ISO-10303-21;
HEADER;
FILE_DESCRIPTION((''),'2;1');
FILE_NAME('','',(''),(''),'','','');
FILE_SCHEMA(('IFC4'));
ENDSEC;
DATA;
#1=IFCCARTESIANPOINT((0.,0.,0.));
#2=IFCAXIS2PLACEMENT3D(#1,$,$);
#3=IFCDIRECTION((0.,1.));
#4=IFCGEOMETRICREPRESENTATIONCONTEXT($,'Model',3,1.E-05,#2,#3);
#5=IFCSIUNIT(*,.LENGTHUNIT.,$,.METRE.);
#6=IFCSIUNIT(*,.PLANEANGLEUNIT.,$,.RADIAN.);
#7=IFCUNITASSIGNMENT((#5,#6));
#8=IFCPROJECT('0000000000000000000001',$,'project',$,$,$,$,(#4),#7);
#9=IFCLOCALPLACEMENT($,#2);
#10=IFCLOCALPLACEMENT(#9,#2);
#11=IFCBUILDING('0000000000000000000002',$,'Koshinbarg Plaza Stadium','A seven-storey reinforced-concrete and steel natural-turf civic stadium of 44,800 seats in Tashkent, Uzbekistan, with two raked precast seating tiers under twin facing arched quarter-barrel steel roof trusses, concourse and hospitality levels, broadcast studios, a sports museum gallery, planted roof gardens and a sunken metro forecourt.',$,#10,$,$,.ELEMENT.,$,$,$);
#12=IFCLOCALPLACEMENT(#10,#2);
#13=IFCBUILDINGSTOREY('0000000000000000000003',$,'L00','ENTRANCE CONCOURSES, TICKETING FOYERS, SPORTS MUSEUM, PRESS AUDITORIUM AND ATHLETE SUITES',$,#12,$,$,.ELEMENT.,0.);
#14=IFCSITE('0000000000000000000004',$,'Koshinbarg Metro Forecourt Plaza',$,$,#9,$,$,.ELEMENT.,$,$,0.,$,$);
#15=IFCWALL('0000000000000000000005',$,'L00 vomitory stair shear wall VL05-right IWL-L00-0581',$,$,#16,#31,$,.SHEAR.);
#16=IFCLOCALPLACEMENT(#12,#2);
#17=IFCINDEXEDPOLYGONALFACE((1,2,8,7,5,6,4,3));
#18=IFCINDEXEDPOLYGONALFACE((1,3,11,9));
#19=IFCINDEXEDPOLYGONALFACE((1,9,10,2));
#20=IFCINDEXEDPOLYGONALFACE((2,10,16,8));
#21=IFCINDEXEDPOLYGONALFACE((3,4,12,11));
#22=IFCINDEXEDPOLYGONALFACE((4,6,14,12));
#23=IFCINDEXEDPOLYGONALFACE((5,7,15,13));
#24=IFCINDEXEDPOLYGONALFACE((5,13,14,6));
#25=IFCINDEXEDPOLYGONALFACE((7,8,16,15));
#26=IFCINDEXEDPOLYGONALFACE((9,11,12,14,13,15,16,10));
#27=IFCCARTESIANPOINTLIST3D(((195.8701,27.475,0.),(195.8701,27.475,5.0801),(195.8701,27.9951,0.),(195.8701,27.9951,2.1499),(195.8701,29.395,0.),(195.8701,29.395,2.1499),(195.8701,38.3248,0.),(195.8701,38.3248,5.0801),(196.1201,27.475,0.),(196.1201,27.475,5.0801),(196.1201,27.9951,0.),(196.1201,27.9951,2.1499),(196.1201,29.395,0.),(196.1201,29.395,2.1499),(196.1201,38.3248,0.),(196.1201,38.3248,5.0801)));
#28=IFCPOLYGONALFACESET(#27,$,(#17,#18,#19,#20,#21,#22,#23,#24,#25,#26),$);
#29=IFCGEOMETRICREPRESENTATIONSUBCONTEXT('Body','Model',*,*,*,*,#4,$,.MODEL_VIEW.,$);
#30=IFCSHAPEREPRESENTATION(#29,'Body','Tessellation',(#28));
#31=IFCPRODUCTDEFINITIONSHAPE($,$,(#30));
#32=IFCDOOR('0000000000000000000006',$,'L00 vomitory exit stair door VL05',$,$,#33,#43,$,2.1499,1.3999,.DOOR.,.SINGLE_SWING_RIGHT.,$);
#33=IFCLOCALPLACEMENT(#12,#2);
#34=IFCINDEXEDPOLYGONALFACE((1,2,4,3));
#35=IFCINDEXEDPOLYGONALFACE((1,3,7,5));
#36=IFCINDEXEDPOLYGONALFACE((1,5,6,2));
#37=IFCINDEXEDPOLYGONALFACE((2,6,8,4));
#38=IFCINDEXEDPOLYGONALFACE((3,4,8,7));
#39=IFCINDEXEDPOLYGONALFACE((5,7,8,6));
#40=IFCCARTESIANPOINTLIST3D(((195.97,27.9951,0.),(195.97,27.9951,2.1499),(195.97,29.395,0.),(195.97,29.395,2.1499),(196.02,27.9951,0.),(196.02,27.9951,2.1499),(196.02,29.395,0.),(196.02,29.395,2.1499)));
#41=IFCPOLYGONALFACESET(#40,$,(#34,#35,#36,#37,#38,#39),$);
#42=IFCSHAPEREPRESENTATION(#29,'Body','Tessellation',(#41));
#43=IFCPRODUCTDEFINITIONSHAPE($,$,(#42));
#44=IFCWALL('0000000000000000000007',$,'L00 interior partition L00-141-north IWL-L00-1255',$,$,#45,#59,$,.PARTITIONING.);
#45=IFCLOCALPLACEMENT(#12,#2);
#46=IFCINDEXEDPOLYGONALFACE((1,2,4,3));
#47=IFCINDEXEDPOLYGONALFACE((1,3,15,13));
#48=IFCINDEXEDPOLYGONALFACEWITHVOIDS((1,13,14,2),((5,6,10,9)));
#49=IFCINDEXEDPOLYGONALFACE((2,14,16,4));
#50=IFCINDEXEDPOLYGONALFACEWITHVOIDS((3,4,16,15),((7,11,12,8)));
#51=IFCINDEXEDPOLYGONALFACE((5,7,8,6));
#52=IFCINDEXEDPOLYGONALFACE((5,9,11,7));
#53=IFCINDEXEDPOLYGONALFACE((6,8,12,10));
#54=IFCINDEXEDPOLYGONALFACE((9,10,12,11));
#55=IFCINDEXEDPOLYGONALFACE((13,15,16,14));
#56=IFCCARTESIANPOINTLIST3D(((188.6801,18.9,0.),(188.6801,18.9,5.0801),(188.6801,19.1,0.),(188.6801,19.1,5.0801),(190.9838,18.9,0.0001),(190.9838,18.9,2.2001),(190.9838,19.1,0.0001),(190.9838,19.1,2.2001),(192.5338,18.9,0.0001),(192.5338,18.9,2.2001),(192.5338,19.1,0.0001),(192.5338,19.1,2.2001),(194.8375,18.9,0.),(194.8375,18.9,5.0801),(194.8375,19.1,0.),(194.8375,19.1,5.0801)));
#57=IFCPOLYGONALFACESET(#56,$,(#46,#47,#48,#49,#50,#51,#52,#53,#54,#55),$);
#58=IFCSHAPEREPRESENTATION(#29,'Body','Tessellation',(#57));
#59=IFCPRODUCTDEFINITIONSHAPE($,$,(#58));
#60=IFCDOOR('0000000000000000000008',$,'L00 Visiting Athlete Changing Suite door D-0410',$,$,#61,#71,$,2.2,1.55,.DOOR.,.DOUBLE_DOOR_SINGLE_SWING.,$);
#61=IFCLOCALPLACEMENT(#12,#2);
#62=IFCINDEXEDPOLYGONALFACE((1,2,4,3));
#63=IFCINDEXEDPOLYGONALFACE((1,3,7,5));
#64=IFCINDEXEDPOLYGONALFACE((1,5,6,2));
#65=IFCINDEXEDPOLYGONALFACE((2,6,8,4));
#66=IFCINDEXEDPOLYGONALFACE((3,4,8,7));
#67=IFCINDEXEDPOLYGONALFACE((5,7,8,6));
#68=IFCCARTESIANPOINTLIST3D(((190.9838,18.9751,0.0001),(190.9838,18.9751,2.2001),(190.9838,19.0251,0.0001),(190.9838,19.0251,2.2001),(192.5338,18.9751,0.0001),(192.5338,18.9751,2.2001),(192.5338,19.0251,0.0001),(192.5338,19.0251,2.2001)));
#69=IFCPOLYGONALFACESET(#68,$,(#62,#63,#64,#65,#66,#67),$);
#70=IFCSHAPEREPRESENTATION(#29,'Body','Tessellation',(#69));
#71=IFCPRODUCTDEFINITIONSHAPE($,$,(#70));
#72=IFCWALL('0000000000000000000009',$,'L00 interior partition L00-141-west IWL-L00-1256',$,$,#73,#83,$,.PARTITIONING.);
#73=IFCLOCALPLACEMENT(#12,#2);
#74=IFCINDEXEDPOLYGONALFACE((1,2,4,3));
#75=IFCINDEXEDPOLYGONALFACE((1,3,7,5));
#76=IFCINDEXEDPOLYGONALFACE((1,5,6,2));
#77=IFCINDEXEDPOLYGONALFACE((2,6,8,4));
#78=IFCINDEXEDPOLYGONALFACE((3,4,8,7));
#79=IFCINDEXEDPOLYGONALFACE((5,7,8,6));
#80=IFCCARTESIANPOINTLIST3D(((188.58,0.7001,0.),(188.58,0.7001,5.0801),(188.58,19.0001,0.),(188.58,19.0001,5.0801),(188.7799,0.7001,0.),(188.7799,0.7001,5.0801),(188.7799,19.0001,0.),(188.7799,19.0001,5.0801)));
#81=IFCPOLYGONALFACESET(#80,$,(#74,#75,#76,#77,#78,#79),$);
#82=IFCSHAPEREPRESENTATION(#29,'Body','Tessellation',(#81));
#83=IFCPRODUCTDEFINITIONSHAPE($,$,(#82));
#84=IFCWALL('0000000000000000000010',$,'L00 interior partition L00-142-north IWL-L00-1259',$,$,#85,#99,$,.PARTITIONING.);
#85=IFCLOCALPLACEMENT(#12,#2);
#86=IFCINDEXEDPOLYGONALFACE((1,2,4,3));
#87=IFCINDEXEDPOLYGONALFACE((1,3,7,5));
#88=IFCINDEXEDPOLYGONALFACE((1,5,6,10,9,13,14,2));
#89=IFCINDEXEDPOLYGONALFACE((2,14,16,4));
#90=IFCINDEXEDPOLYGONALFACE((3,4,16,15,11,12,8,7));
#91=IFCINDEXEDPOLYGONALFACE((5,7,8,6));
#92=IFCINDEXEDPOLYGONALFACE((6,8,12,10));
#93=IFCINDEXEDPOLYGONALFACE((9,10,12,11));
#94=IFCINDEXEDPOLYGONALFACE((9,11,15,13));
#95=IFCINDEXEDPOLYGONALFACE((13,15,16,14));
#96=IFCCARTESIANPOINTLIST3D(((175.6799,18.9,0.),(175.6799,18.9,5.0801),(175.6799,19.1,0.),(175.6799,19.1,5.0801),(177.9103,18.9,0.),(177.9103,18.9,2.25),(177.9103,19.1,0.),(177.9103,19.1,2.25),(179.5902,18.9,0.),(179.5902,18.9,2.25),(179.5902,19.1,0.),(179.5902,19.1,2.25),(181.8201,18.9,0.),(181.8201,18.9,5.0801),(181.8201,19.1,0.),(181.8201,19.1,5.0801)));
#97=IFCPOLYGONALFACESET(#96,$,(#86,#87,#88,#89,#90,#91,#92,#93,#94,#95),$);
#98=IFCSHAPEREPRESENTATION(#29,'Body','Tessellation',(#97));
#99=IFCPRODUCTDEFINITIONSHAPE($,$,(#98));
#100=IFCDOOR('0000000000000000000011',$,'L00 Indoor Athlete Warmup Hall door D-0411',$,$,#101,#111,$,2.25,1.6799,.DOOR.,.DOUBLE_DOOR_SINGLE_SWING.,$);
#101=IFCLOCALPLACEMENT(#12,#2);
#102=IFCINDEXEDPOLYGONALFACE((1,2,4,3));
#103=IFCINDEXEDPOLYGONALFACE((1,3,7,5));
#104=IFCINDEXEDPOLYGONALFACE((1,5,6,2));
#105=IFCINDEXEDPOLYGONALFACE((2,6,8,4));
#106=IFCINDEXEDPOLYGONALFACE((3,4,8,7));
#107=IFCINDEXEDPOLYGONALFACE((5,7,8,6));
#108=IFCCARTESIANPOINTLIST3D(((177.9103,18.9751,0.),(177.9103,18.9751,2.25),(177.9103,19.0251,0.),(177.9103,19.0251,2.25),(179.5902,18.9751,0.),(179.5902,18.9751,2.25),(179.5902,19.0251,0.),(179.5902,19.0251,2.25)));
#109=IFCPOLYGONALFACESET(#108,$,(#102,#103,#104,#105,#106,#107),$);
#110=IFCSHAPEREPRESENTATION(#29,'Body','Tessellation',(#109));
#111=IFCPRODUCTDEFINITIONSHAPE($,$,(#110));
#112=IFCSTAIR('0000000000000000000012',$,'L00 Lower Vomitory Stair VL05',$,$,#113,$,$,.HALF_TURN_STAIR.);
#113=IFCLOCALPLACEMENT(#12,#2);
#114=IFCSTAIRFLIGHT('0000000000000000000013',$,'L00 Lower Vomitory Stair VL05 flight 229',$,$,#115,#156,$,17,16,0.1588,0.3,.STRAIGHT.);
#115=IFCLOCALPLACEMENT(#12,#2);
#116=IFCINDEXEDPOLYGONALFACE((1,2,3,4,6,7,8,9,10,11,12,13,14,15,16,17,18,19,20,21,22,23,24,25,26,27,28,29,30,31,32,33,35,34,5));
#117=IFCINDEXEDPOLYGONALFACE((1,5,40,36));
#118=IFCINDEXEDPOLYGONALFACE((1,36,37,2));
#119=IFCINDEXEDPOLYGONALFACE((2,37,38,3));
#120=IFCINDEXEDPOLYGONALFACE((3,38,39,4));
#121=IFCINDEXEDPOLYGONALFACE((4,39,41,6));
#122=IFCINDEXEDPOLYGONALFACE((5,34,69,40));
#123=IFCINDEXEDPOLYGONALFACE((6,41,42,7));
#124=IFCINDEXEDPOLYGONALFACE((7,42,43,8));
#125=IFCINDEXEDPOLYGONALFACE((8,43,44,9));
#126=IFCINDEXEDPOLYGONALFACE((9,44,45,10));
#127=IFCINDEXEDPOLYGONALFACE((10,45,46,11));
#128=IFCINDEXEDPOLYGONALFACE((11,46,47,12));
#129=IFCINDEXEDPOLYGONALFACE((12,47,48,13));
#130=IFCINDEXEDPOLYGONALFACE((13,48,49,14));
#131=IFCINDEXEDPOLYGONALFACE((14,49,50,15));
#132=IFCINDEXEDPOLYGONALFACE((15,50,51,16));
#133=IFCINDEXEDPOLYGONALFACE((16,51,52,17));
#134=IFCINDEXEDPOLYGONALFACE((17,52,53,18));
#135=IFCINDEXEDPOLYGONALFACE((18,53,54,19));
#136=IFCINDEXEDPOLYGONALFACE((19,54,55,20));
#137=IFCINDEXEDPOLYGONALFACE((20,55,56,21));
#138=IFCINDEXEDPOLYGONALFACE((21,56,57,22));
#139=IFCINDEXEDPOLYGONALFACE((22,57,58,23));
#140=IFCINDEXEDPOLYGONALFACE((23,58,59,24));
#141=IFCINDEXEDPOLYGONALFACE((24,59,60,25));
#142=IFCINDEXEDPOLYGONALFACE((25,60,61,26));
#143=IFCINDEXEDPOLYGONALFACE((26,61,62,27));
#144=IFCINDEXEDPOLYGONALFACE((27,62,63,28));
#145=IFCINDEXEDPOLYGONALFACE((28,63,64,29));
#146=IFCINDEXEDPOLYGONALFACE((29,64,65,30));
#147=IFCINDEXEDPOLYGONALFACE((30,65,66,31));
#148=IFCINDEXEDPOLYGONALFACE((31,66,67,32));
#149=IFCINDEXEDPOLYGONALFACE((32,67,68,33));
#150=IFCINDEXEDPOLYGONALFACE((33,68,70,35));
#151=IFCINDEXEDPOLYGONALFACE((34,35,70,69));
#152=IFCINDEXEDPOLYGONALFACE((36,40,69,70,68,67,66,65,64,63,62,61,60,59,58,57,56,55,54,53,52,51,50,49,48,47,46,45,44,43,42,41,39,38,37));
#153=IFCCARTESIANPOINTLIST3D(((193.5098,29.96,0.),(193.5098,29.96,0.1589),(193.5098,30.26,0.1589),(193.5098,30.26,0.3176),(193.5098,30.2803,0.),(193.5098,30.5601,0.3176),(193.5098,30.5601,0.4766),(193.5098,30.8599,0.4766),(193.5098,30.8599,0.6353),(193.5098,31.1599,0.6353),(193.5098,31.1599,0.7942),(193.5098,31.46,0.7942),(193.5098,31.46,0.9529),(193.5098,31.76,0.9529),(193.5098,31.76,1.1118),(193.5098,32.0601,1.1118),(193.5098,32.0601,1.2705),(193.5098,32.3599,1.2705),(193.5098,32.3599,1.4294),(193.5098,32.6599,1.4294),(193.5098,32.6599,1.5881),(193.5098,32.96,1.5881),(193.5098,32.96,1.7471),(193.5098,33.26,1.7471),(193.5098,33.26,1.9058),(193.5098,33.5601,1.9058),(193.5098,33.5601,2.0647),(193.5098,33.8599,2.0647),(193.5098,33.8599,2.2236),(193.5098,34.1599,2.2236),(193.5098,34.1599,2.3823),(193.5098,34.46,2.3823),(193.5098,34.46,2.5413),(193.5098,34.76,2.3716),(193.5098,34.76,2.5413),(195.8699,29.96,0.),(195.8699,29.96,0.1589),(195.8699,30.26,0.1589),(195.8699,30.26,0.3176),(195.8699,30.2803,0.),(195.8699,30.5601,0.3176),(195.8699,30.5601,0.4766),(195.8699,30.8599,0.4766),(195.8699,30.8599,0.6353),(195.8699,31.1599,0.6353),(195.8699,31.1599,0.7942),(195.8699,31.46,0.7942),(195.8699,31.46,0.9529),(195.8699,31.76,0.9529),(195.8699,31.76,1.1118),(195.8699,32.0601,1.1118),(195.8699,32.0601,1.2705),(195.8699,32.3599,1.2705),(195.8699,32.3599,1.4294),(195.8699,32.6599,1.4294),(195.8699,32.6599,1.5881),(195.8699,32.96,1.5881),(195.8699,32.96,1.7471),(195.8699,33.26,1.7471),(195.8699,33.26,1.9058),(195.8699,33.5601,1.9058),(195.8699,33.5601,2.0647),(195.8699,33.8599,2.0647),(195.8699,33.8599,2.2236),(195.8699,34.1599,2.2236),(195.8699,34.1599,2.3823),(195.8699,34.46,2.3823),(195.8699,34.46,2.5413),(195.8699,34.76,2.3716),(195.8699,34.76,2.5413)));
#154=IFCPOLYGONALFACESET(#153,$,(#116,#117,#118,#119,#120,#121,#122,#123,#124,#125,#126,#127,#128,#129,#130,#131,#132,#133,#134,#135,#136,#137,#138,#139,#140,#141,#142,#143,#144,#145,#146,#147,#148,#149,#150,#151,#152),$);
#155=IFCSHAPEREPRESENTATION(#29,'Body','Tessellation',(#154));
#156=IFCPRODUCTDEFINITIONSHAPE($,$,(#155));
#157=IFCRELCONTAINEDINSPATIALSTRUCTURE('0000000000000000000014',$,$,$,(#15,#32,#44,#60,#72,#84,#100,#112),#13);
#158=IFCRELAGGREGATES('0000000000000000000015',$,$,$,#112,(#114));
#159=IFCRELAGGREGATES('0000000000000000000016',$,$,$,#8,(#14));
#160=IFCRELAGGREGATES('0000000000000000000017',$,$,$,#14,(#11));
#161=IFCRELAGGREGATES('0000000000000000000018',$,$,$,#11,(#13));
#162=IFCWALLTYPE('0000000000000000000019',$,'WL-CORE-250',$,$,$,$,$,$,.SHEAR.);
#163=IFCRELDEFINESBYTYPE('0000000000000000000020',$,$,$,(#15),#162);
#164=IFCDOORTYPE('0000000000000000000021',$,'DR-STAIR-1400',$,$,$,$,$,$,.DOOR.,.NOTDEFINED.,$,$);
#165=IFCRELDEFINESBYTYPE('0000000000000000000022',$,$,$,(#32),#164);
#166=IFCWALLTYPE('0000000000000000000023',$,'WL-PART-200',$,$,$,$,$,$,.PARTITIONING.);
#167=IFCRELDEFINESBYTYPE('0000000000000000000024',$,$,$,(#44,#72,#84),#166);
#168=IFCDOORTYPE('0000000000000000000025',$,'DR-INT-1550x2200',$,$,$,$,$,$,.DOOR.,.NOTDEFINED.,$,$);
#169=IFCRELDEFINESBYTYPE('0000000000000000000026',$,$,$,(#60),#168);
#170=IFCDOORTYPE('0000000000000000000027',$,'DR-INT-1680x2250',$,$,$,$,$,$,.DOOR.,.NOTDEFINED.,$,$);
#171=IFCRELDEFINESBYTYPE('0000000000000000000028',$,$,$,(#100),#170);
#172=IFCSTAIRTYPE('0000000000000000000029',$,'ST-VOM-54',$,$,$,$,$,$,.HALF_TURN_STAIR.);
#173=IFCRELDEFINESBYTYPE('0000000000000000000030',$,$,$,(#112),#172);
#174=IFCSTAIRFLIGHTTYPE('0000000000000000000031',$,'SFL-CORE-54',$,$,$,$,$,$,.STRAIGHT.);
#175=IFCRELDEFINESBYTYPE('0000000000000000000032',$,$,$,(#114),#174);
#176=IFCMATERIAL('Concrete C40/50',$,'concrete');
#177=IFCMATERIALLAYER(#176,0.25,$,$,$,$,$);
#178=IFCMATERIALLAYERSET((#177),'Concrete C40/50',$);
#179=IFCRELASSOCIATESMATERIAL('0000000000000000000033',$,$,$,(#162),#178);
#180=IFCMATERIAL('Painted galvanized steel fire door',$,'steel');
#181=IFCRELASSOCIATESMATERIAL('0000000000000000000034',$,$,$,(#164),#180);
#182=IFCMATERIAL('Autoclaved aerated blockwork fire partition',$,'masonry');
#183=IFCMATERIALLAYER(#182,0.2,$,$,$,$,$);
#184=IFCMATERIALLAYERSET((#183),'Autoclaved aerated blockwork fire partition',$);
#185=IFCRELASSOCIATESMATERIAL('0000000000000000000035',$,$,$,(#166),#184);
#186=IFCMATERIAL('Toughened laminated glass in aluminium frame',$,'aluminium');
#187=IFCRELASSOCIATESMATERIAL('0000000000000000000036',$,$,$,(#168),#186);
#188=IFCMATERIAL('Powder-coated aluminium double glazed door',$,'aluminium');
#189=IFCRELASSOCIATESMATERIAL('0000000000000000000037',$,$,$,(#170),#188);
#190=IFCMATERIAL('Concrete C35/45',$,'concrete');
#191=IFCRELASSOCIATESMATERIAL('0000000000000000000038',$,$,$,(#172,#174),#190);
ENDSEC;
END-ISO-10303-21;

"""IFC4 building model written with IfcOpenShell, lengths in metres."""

from ifc_helpers import new_model, si_unit, direction, frame, frame_2d, origin, place, context, subcontext, project, spatial, polyline, rectangle, outline, extrude, material, layer, layer_set, type_object, element, fill, aggregate, save


model = new_model("IFC4")

# Units and contexts
model_context = context("Model", 3, precision=1e-05, world=origin(), true_north=direction((0.0, 1.0)))
body_context = subcontext(model_context, "Body", "Model", "MODEL_VIEW")
ifc_project = project(units=[si_unit("LENGTHUNIT", "METRE"), si_unit("PLANEANGLEUNIT", "RADIAN")], contexts=[model_context])

# Site, building, storey
site_placement = place(None, origin())
site = spatial("IfcSite", under=ifc_project, at=site_placement, Name="Koshinbarg Metro Forecourt Plaza", CompositionType="ELEMENT", RefElevation=0.0)
building_placement = place(site_placement, origin())
building = spatial("IfcBuilding", under=site, at=building_placement, Name="Koshinbarg Plaza Stadium", Description="A seven-storey reinforced-concrete and steel natural-turf civic stadium of 44,800 seats in Tashkent, Uzbekistan, with two raked precast seating tiers under twin facing arched quarter-barrel steel roof trusses, concourse and hospitality levels, broadcast studios, a sports museum gallery, planted roof gardens and a sunken metro forecourt.", CompositionType="ELEMENT")
storey_placement = place(building_placement, origin())
storey = spatial("IfcBuildingStorey", under=building, at=storey_placement, Name="L00", Description="ENTRANCE CONCOURSES, TICKETING FOYERS, SPORTS MUSEUM, PRESS AUDITORIUM AND ATHLETE SUITES", CompositionType="ELEMENT", Elevation=0.0)

# Shared definitions
ifc_material_1 = material(Name="Concrete C35/45", Category="concrete")

# Shared definitions
ifc_material_2 = material(Name="Concrete C40/50", Category="concrete")

# Shared definitions
ifc_layer_1 = layer(ifc_material_2, 0.25)
ifc_layer_set_1 = layer_set([ifc_layer_1], Name="Concrete C40/50")
wall_type_1 = type_object("IfcWallType", Name="WL-CORE-250", PredefinedType="SHEAR", material=ifc_layer_set_1)

# Walls, openings, doors
wall_1_placement = place(storey_placement, frame((195.9951, 27.4751, 0.0), z_axis=(0.0, 0.0, 1.0), x_axis=(0.0, 1.0, 0.0)))
wall_1 = element("IfcWall", 1, at=wall_1_placement, inside=storey, type_object=wall_type_1, Name="L00 vomitory stair shear wall VL05-right IWL-L00-0581", PredefinedType="SHEAR", context=body_context, shape_type="SweptSolid", body=[
    extrude(rectangle(XDim=10.8499, YDim=0.25, at=frame_2d((5.4248, 0.0))), origin(), (0.0, 0.0, 1.0), 5.0801),
])
opening_1_placement = place(wall_1_placement, frame((0.52, 0.0, 0.0)))
opening_1 = element("IfcOpeningElement", 2, at=opening_1_placement, cuts=wall_1, PredefinedType="OPENING", context=body_context, shape_type="SweptSolid", body=[
    extrude(rectangle(XDim=1.3999, YDim=2.1499, at=frame_2d((0.7, 1.075))), frame((0.0, 0.135, 0.0), z_axis=(0.0, -1.0, 0.0), x_axis=(1.0, 0.0, 0.0)), (0.0, 0.0, 1.0), 0.27),
])
ifc_material_3 = material(Name="Painted galvanized steel fire door", Category="steel")
door_type_1 = type_object("IfcDoorType", Name="DR-STAIR-1400", OperationType="NOTDEFINED", PredefinedType="DOOR", material=ifc_material_3)
door_1_placement = place(opening_1_placement, frame((1.3999, 0.0, 0.0), z_axis=(0.0, 0.0, 1.0), x_axis=(-1.0, 0.0, 0.0)))
door_1 = element("IfcDoor", 3, at=door_1_placement, inside=storey, type_object=door_type_1, Name="L00 vomitory exit stair door VL05", OperationType="SINGLE_SWING_RIGHT", OverallHeight=2.1499, OverallWidth=1.3999, PredefinedType="DOOR", context=body_context, shape_type="SweptSolid", body=[
    extrude(rectangle(XDim=1.3999, YDim=2.1499, at=frame_2d((0.7, 1.075))), frame((0.0, 0.0249, 0.0), z_axis=(0.0, -1.0, 0.0), x_axis=(1.0, 0.0, 0.0)), (0.0, 0.0, 1.0), 0.05),
])
fill(opening_1, door_1)
ifc_material_4 = material(Name="Autoclaved aerated blockwork fire partition", Category="masonry")
ifc_layer_2 = layer(ifc_material_4, 0.2)
ifc_layer_set_2 = layer_set([ifc_layer_2], Name="Autoclaved aerated blockwork fire partition")
wall_type_2 = type_object("IfcWallType", Name="WL-PART-200", PredefinedType="PARTITIONING", material=ifc_layer_set_2)
wall_2_placement = place(storey_placement, frame((194.8374, 19.0, 0.0), z_axis=(0.0, 0.0, 1.0), x_axis=(-1.0, 0.0, 0.0)))
wall_2 = element("IfcWall", 4, at=wall_2_placement, inside=storey, type_object=wall_type_2, Name="L00 interior partition L00-141-north IWL-L00-1255", PredefinedType="PARTITIONING", context=body_context, shape_type="SweptSolid", body=[
    extrude(rectangle(XDim=6.1575, YDim=0.2, at=frame_2d((3.0786, 0.0))), origin(), (0.0, 0.0, 1.0), 5.0801),
])
opening_2_placement = place(wall_2_placement, frame((2.3037, 0.0, 0.0)))
opening_2 = element("IfcOpeningElement", 5, at=opening_2_placement, cuts=wall_2, PredefinedType="OPENING", context=body_context, shape_type="SweptSolid", body=[
    extrude(rectangle(XDim=1.55, YDim=2.2, at=frame_2d((0.7749, 1.1001))), frame((0.0, 0.1099, 0.0), z_axis=(0.0, -1.0, 0.0), x_axis=(1.0, 0.0, 0.0)), (0.0, 0.0, 1.0), 0.22),
])
ifc_material_5 = material(Name="Toughened laminated glass in aluminium frame", Category="aluminium")
door_type_2 = type_object("IfcDoorType", Name="DR-INT-1550x2200", OperationType="NOTDEFINED", PredefinedType="DOOR", material=ifc_material_5)
door_2_placement = place(opening_2_placement, origin())
door_2 = element("IfcDoor", 6, at=door_2_placement, inside=storey, type_object=door_type_2, Name="L00 Visiting Athlete Changing Suite door D-0410", OperationType="DOUBLE_DOOR_SINGLE_SWING", OverallHeight=2.2, OverallWidth=1.55, PredefinedType="DOOR", context=body_context, shape_type="SweptSolid", body=[
    extrude(rectangle(XDim=1.55, YDim=2.2, at=frame_2d((0.7749, 1.1001))), frame((0.0, 0.0249, 0.0), z_axis=(0.0, -1.0, 0.0), x_axis=(1.0, 0.0, 0.0)), (0.0, 0.0, 1.0), 0.05),
])
fill(opening_2, door_2)

# Wall
wall_3_placement = place(storey_placement, frame((188.6799, 19.0, 0.0), z_axis=(0.0, 0.0, 1.0), x_axis=(0.0, -1.0, 0.0)))
element("IfcWall", 7, at=wall_3_placement, inside=storey, type_object=wall_type_2, Name="L00 interior partition L00-141-west IWL-L00-1256", PredefinedType="PARTITIONING", context=body_context, shape_type="SweptSolid", body=[
    extrude(rectangle(XDim=18.3, YDim=0.2, at=frame_2d((9.1499, 0.0))), origin(), (0.0, 0.0, 1.0), 5.0801),
])

# Wall, opening, door
wall_4_placement = place(storey_placement, frame((181.8201, 19.0, 0.0), z_axis=(0.0, 0.0, 1.0), x_axis=(-1.0, 0.0, 0.0)))
wall_4 = element("IfcWall", 8, at=wall_4_placement, inside=storey, type_object=wall_type_2, Name="L00 interior partition L00-142-north IWL-L00-1259", PredefinedType="PARTITIONING", context=body_context, shape_type="SweptSolid", body=[
    extrude(rectangle(XDim=6.1401, YDim=0.2, at=frame_2d((3.0701, 0.0))), origin(), (0.0, 0.0, 1.0), 5.0801),
])
opening_3_placement = place(wall_4_placement, frame((2.23, 0.0, 0.0)))
opening_3 = element("IfcOpeningElement", 9, at=opening_3_placement, cuts=wall_4, PredefinedType="OPENING", context=body_context, shape_type="SweptSolid", body=[
    extrude(rectangle(XDim=1.6799, YDim=2.25, at=frame_2d((0.8398, 1.125))), frame((0.0, 0.1099, 0.0), z_axis=(0.0, -1.0, 0.0), x_axis=(1.0, 0.0, 0.0)), (0.0, 0.0, 1.0), 0.22),
])
ifc_material_6 = material(Name="Powder-coated aluminium double glazed door", Category="aluminium")
door_type_3 = type_object("IfcDoorType", Name="DR-INT-1680x2250", OperationType="NOTDEFINED", PredefinedType="DOOR", material=ifc_material_6)
door_3_placement = place(opening_3_placement, origin())
door_3 = element("IfcDoor", 10, at=door_3_placement, inside=storey, type_object=door_type_3, Name="L00 Indoor Athlete Warmup Hall door D-0411", OperationType="DOUBLE_DOOR_SINGLE_SWING", OverallHeight=2.25, OverallWidth=1.6799, PredefinedType="DOOR", context=body_context, shape_type="SweptSolid", body=[
    extrude(rectangle(XDim=1.6799, YDim=2.25, at=frame_2d((0.8398, 1.125))), frame((0.0, 0.0249, 0.0), z_axis=(0.0, -1.0, 0.0), x_axis=(1.0, 0.0, 0.0)), (0.0, 0.0, 1.0), 0.05),
])
fill(opening_3, door_3)

# Stair, stair flight
stair_type = type_object("IfcStairType", Name="ST-VOM-54", PredefinedType="HALF_TURN_STAIR", material=ifc_material_1)
stair_placement = place(storey_placement, origin())
stair = element("IfcStair", 11, at=stair_placement, inside=storey, type_object=stair_type, Name="L00 Lower Vomitory Stair VL05", PredefinedType="HALF_TURN_STAIR")
stair_flight_type = type_object("IfcStairFlightType", Name="SFL-CORE-54", PredefinedType="STRAIGHT", material=ifc_material_1)
stair_flight_placement = place(storey_placement, frame((194.6899, 29.96, 0.0), z_axis=(0.0, 0.0, 1.0), x_axis=(0.0, 1.0, 0.0)))
stair_flight = element("IfcStairFlight", 12, at=stair_flight_placement, type_object=stair_flight_type, Name="L00 Lower Vomitory Stair VL05 flight 229", NumberOfRisers=17, NumberOfTreads=16, PredefinedType="STRAIGHT", RiserHeight=0.1588, TreadLength=0.3, context=body_context, shape_type="SweptSolid", body=[
    extrude(outline(polyline([(0.0, 0.0), (0.0, 0.1589), (0.3, 0.1589), (0.3, 0.3176), (0.6001, 0.3176), (0.6001, 0.4766), (0.8999, 0.4766), (0.8999, 0.6353), (1.2, 0.6353), (1.2, 0.7942), (1.5, 0.7942), (1.5, 0.9529), (1.8, 0.9529), (1.8, 1.1118), (2.1001, 1.1118), (2.1001, 1.2705), (2.3999, 1.2705), (2.3999, 1.4294), (2.7, 1.4294), (2.7, 1.5881), (3.0, 1.5881), (3.0, 1.7471), (3.3, 1.7471), (3.3, 1.9058), (3.6001, 1.9058), (3.6001, 2.0647), (3.8999, 2.0647), (3.8999, 2.2236), (4.2, 2.2236), (4.2, 2.3823), (4.5, 2.3823), (4.5, 2.5413), (4.8, 2.5413), (4.8, 2.7), (4.8, 2.3716), (0.3203, 0.0), (0.0, 0.0)])), frame((0.0, 1.1802, 0.0), z_axis=(0.0, -1.0, 0.0), x_axis=(1.0, 0.0, 0.0)), (0.0, 0.0, 1.0), 2.3601),
])
aggregate(stair, [stair_flight])

save(model, "model.ifc")
